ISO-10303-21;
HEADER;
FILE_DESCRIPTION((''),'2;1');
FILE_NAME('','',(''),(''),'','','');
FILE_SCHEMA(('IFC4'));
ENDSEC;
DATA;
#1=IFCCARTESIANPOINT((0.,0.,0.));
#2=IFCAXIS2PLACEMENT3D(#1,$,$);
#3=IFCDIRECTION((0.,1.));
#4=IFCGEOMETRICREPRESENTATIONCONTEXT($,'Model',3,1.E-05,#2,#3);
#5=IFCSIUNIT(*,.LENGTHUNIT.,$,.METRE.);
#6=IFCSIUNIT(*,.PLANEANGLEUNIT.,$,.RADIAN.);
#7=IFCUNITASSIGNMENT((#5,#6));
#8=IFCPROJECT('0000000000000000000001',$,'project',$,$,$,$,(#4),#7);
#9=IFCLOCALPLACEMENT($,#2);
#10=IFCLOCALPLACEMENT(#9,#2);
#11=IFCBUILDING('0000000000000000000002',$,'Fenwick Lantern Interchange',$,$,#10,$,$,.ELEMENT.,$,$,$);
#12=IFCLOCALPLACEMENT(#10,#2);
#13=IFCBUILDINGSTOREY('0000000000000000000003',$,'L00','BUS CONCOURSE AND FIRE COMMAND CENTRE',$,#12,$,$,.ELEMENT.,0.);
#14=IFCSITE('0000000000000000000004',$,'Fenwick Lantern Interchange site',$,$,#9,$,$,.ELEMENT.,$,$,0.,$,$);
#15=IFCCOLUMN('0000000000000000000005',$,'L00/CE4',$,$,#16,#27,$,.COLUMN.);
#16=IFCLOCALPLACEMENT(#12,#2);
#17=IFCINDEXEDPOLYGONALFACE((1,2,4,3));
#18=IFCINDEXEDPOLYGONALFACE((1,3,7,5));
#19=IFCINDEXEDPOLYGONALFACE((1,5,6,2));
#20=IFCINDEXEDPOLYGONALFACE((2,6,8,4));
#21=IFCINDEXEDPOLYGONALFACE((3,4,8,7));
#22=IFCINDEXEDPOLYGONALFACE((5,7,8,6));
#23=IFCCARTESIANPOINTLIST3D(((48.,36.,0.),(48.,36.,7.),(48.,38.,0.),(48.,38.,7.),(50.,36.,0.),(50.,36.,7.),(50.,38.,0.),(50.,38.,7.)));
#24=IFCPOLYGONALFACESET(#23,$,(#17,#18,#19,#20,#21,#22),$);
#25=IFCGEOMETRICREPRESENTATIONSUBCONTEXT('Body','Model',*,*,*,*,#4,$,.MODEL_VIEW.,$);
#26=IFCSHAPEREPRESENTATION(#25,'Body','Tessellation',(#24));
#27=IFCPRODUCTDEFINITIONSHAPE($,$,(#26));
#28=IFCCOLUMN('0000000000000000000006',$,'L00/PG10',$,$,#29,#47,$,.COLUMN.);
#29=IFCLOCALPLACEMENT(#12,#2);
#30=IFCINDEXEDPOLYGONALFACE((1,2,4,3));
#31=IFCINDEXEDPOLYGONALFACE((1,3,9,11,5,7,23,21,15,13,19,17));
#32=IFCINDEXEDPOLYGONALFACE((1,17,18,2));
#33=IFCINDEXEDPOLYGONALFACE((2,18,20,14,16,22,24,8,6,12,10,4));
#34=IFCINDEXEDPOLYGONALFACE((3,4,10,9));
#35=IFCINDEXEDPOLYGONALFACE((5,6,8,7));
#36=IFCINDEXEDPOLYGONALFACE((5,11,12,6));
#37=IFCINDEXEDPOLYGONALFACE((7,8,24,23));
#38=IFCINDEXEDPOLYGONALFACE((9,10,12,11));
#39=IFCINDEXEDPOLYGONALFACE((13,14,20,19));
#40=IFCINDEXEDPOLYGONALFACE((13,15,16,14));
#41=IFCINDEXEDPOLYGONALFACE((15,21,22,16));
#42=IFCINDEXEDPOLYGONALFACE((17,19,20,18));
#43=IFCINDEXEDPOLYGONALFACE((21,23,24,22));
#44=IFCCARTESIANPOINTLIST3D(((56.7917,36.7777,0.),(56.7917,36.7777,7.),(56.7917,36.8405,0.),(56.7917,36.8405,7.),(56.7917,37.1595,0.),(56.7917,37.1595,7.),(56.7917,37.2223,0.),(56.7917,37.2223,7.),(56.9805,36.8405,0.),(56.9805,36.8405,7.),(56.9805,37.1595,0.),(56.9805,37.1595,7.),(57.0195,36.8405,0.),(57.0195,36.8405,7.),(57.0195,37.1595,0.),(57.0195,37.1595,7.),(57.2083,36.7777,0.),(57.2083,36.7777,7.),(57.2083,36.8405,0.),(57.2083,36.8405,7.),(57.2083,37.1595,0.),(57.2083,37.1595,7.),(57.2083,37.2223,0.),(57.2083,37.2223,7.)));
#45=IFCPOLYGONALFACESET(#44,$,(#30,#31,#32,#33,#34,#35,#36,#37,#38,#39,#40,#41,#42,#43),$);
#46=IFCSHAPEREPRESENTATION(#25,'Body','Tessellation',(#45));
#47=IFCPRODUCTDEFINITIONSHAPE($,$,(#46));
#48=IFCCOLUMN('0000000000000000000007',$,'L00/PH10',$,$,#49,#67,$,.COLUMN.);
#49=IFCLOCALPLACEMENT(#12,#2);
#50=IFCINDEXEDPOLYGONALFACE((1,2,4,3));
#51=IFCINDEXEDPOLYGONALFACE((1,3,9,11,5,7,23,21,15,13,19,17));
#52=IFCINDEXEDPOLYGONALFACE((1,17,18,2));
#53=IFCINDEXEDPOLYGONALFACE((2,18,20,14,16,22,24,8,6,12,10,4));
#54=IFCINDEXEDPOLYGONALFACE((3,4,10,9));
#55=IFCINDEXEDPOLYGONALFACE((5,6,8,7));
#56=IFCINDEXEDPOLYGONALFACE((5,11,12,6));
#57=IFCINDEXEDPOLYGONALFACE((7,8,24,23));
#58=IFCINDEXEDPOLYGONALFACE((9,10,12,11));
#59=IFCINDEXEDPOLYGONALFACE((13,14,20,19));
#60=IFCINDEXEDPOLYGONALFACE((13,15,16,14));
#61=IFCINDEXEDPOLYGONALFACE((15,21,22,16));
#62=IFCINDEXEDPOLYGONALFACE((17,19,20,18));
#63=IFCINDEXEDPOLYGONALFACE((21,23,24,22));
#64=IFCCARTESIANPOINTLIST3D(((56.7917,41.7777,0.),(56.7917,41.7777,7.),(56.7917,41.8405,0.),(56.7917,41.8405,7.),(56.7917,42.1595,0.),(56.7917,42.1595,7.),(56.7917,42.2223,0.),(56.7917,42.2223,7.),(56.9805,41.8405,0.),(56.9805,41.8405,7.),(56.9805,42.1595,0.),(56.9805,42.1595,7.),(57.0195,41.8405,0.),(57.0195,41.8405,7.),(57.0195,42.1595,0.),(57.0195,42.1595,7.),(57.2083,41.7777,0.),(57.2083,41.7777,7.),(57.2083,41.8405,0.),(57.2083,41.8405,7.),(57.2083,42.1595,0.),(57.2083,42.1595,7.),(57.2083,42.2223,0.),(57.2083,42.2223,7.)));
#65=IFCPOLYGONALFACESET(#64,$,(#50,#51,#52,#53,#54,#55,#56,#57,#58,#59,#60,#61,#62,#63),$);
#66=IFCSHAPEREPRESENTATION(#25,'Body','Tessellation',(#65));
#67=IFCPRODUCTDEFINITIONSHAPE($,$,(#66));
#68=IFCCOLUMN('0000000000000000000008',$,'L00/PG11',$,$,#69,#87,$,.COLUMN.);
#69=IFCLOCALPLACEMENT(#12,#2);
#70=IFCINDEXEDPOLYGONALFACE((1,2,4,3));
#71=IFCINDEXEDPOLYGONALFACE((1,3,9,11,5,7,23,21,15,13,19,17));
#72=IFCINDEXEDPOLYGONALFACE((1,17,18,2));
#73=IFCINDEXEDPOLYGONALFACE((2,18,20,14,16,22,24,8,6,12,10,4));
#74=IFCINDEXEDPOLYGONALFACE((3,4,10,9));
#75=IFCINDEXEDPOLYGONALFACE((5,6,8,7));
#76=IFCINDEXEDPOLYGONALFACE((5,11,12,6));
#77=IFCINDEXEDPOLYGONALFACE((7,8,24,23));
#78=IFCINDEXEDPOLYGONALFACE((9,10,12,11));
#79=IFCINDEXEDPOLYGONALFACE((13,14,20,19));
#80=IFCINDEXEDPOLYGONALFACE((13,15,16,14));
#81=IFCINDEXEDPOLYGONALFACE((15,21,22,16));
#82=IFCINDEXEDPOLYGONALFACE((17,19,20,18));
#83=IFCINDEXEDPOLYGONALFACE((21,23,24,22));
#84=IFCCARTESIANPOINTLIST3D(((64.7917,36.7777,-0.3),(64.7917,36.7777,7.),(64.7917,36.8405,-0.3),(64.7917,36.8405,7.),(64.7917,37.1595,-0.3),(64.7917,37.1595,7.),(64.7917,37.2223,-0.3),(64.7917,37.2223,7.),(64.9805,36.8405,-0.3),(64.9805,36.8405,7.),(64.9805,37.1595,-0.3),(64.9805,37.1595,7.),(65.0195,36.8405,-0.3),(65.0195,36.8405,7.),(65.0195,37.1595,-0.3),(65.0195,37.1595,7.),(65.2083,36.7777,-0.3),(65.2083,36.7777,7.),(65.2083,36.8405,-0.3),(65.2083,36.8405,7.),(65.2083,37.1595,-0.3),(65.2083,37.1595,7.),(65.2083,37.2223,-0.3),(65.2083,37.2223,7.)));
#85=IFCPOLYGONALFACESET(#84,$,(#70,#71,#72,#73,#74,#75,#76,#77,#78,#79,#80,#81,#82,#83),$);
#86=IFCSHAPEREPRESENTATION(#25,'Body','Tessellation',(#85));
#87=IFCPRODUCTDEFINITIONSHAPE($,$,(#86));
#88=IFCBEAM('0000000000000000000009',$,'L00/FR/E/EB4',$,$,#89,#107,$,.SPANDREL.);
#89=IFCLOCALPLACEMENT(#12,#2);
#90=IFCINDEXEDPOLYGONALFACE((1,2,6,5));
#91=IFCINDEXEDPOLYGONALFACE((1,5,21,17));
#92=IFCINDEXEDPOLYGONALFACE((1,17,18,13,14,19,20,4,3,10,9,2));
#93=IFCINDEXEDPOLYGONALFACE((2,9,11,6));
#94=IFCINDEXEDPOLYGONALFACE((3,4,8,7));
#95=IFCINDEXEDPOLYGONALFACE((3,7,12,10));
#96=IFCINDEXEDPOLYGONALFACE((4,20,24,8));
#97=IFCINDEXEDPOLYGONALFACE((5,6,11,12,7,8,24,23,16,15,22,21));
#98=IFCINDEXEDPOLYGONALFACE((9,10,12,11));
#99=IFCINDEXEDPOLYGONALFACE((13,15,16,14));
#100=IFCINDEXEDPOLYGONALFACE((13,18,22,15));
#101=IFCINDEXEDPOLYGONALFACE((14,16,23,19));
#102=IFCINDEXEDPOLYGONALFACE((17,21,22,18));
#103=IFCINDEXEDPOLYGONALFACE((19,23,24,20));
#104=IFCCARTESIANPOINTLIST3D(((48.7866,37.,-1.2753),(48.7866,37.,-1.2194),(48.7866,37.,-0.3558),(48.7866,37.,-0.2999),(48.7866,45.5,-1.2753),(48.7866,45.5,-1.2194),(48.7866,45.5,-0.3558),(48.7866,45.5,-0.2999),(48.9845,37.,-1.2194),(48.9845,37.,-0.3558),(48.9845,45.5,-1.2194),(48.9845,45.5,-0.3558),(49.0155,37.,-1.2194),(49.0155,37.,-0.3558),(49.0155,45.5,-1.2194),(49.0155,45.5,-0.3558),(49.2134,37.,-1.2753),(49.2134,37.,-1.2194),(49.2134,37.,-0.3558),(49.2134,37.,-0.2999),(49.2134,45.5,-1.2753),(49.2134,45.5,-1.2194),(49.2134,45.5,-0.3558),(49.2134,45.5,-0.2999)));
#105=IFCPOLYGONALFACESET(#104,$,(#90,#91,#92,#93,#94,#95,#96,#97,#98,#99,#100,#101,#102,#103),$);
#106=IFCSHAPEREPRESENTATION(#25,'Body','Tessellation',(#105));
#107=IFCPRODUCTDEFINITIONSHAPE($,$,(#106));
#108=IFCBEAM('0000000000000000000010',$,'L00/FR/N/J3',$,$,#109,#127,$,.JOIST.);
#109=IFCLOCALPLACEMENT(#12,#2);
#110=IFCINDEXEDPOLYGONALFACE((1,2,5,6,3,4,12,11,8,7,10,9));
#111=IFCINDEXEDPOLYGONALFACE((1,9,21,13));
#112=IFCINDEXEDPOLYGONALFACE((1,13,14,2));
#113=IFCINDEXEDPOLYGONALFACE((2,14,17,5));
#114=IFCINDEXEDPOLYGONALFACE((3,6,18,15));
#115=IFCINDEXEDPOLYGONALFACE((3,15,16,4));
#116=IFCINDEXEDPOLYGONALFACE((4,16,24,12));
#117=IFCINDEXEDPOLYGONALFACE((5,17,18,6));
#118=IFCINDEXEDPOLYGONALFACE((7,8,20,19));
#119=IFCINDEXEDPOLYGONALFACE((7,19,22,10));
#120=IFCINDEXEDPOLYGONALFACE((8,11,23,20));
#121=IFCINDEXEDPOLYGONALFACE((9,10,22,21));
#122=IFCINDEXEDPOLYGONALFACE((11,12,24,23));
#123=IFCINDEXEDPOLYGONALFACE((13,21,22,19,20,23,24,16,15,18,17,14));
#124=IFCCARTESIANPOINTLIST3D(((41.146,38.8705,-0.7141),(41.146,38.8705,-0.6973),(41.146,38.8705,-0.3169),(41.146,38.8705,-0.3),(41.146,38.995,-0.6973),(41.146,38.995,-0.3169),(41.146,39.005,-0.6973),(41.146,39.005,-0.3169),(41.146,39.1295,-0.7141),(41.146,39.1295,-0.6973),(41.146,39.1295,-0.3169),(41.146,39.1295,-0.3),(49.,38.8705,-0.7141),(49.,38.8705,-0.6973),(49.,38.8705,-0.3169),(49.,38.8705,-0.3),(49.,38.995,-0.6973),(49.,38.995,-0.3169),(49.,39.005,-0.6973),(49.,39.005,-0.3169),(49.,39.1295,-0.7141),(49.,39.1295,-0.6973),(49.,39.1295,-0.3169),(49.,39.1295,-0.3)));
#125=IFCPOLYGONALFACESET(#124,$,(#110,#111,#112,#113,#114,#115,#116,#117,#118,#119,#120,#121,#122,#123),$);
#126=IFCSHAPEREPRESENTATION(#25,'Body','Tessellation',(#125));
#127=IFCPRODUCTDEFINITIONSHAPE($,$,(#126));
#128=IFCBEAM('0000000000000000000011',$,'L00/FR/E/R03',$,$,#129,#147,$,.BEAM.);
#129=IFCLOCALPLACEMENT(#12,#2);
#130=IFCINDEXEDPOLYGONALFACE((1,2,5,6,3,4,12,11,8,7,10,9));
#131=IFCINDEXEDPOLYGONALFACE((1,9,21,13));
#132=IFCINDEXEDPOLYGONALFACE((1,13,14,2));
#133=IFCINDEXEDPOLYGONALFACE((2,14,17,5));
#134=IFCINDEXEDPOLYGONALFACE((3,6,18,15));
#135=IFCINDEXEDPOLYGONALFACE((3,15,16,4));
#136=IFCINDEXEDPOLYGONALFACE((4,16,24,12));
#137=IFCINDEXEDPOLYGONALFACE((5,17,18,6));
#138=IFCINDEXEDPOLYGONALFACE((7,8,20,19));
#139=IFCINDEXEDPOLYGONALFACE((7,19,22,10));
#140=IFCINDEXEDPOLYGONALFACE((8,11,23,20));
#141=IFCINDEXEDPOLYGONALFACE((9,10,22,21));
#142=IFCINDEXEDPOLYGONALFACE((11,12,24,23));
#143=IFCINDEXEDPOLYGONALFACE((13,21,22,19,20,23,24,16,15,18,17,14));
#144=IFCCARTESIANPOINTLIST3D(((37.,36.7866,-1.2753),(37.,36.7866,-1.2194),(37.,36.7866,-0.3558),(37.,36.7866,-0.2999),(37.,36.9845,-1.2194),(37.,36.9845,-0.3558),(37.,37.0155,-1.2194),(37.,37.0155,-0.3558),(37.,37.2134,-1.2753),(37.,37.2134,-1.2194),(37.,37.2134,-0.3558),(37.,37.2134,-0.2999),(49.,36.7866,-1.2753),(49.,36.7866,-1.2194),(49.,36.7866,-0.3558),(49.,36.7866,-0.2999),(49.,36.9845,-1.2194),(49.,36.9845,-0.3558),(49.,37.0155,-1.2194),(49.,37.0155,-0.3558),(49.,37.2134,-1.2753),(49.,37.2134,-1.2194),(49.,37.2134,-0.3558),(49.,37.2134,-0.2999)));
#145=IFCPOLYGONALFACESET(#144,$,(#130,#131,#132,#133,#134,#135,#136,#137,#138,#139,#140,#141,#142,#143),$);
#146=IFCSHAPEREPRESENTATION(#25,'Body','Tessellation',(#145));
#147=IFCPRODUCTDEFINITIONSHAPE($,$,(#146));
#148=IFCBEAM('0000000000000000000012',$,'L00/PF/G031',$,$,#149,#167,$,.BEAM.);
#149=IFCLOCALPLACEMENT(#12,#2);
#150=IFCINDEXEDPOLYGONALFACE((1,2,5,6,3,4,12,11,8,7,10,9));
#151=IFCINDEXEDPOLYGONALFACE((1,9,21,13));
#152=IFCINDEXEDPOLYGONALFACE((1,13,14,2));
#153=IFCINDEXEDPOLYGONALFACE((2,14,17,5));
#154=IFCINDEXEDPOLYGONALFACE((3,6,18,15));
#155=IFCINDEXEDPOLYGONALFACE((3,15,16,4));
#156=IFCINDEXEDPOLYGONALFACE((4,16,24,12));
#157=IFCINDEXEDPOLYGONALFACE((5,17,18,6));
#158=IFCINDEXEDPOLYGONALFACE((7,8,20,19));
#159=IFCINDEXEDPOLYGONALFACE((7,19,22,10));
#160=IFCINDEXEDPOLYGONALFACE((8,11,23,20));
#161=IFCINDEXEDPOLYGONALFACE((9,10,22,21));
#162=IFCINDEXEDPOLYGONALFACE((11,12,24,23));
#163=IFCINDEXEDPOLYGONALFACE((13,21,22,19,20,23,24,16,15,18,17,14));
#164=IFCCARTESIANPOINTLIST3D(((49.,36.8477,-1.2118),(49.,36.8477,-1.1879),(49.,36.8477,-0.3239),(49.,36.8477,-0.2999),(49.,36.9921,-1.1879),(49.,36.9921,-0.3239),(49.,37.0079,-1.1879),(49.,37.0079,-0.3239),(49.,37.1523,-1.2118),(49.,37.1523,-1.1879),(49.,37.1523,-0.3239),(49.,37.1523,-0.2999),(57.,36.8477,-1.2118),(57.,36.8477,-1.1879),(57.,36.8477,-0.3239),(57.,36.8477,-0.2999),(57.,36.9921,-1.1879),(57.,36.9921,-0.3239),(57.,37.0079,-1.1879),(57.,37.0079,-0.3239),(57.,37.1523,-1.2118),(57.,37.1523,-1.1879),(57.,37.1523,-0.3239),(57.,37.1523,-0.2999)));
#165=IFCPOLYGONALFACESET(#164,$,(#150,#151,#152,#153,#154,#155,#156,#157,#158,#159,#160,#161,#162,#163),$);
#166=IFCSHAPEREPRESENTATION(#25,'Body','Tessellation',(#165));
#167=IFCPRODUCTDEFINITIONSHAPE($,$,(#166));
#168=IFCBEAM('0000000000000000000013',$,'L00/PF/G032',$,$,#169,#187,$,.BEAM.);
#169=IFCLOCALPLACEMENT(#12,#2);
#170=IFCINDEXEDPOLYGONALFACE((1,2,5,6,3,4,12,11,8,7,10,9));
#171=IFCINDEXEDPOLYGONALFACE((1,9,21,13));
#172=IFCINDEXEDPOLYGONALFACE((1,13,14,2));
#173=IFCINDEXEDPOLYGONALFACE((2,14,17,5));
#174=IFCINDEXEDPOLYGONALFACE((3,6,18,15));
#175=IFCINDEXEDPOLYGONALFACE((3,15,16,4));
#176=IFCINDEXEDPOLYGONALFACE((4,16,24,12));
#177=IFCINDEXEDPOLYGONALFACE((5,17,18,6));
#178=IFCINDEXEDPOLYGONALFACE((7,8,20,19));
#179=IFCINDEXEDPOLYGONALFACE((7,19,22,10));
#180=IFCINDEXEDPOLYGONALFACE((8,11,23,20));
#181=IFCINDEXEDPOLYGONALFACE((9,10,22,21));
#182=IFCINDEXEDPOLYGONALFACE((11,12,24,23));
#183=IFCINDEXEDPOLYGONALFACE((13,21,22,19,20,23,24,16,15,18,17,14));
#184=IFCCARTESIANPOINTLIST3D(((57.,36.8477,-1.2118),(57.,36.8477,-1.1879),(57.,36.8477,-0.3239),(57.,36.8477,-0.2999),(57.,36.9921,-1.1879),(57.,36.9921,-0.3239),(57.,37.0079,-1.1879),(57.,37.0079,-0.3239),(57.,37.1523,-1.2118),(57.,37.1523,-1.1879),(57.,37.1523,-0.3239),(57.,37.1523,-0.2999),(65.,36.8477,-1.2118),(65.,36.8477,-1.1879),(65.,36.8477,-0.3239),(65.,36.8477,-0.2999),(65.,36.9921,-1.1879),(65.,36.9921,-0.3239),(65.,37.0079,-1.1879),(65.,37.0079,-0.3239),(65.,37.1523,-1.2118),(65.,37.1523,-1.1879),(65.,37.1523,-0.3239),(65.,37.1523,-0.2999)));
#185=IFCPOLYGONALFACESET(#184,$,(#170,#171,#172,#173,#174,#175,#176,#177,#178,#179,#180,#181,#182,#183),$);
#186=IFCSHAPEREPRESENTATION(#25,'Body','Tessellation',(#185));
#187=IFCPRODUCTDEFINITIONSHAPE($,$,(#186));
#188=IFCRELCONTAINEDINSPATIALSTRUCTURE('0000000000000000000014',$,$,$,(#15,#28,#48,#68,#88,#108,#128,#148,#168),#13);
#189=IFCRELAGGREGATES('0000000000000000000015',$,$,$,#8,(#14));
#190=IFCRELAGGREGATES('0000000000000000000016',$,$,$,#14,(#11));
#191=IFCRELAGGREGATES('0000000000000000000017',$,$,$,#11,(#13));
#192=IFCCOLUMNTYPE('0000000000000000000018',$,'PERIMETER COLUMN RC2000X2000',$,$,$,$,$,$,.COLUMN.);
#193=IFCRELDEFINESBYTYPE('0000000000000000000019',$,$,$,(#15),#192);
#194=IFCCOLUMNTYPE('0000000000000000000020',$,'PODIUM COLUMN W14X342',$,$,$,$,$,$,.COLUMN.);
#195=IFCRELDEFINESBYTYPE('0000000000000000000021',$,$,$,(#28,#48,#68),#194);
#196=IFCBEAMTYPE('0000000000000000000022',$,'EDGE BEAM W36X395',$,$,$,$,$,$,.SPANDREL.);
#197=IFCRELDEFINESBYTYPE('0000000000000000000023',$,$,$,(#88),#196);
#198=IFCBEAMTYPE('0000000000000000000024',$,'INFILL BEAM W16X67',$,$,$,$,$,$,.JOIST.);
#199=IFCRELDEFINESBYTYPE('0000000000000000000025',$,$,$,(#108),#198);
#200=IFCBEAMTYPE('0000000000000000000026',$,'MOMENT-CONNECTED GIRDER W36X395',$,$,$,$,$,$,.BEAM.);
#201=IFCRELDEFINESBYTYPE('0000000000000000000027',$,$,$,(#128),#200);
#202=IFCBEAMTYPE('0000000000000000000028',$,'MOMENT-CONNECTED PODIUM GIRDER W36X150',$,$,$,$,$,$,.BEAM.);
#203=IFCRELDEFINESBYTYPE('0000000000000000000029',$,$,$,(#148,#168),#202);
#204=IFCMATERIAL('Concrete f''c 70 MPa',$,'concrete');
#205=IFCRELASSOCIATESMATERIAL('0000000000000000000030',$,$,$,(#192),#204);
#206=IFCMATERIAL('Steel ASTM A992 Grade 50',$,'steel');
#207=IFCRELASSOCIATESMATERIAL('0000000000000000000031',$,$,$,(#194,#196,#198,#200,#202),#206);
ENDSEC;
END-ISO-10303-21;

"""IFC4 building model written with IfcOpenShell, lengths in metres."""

from ifc_helpers import new_model, si_unit, direction, frame, origin, origin_2d, place, context, subcontext, project, spatial, rectangle, i_section, extrude, material, material_profile, profile_set, type_object, element, save


model = new_model("IFC4")

# Units and contexts
model_context = context("Model", 3, precision=1e-05, world=origin(), true_north=direction((0.0, 1.0)))
body_context = subcontext(model_context, "Body", "Model", "MODEL_VIEW")
ifc_project = project(units=[si_unit("LENGTHUNIT", "METRE"), si_unit("PLANEANGLEUNIT", "RADIAN")], contexts=[model_context])

# Site, building, storey
site_placement = place(None, origin())
site = spatial("IfcSite", under=ifc_project, at=site_placement, Name="Fenwick Lantern Interchange site", CompositionType="ELEMENT", RefElevation=0.0)
building_placement = place(site_placement, origin())
building = spatial("IfcBuilding", under=site, at=building_placement, Name="Fenwick Lantern Interchange", CompositionType="ELEMENT")
storey_placement = place(building_placement, origin())
storey = spatial("IfcBuildingStorey", under=building, at=storey_placement, Name="L00", Description="BUS CONCOURSE AND FIRE COMMAND CENTRE", CompositionType="ELEMENT", Elevation=0.0)

# Columns
ifc_material_1 = material(Name="Concrete f'c 70 MPa", Category="concrete")
ifc_material_profile_1 = material_profile(ifc_material_1, rectangle(XDim=2.0, YDim=2.0, at=origin_2d()), Name="RC2000X2000")
ifc_profile_set_1 = profile_set([ifc_material_profile_1], Name="Concrete f'c 70 MPa")
column_type_1 = type_object("IfcColumnType", Name="PERIMETER COLUMN RC2000X2000", PredefinedType="COLUMN", material=ifc_profile_set_1)
column_1_placement = place(storey_placement, frame((49.0, 37.0, 0.0), z_axis=(0.0, 0.0, 1.0), x_axis=(1.0, 0.0, 0.0)))
element("IfcColumn", 1, at=column_1_placement, inside=storey, type_object=column_type_1, Name="L00/CE4", PredefinedType="COLUMN", context=body_context, shape_type="SweptSolid", body=[
    extrude(rectangle(XDim=2.0, YDim=2.0, at=origin_2d()), origin(), (0.0, 0.0, 1.0), 7.0),
])
ifc_material_2 = material(Name="Steel ASTM A992 Grade 50", Category="steel")
ifc_material_profile_2 = material_profile(ifc_material_2, i_section(OverallWidth=0.4165, OverallDepth=0.4446, WebThickness=0.0391, FlangeThickness=0.0627, at=origin_2d()), Name="W14X342")
ifc_profile_set_2 = profile_set([ifc_material_profile_2], Name="Steel ASTM A992 Grade 50")
column_type_2 = type_object("IfcColumnType", Name="PODIUM COLUMN W14X342", PredefinedType="COLUMN", material=ifc_profile_set_2)
for number, where, z_axis, x_axis, name in (
    (2, (57.0, 37.0, 0.0), (0.0, 0.0, 1.0), (1.0, 0.0, 0.0), "L00/PG10"),
    (3, (57.0, 42.0, 0.0), (0.0, 0.0, 1.0), (1.0, 0.0, 0.0), "L00/PH10"),
):
    element("IfcColumn", number, at=place(storey_placement, frame(where, z_axis=z_axis, x_axis=x_axis)), inside=storey, type_object=column_type_2, Name=name, PredefinedType="COLUMN", context=body_context, shape_type="SweptSolid", body=[
        extrude(i_section(OverallWidth=0.4165, OverallDepth=0.4446, WebThickness=0.0391, FlangeThickness=0.0627, at=origin_2d()), origin(), (0.0, 0.0, 1.0), 7.0),
    ])
column_2_placement = place(storey_placement, frame((65.0, 37.0, -0.3), z_axis=(0.0, 0.0, 1.0), x_axis=(1.0, 0.0, 0.0)))
element("IfcColumn", 4, at=column_2_placement, inside=storey, type_object=column_type_2, Name="L00/PG11", PredefinedType="COLUMN", context=body_context, shape_type="SweptSolid", body=[
    extrude(i_section(OverallWidth=0.4165, OverallDepth=0.4446, WebThickness=0.0391, FlangeThickness=0.0627, at=origin_2d()), origin(), (0.0, 0.0, 1.0), 7.3),
])

# Beams
ifc_material_profile_3 = material_profile(ifc_material_2, i_section(OverallWidth=0.4268, OverallDepth=0.9753, WebThickness=0.031, FlangeThickness=0.0559, at=origin_2d()), Name="W36X395")
ifc_profile_set_3 = profile_set([ifc_material_profile_3], Name="Steel ASTM A992 Grade 50")
beam_type_1 = type_object("IfcBeamType", Name="EDGE BEAM W36X395", PredefinedType="SPANDREL", material=ifc_profile_set_3)
beam_1_placement = place(storey_placement, frame((49.0, 37.0, -0.7876), z_axis=(0.0, 1.0, 0.0), x_axis=(-1.0, 0.0, 0.0)))
element("IfcBeam", 5, at=beam_1_placement, inside=storey, type_object=beam_type_1, Name="L00/FR/E/EB4", PredefinedType="SPANDREL", context=body_context, shape_type="SweptSolid", body=[
    extrude(i_section(OverallWidth=0.4268, OverallDepth=0.9753, WebThickness=0.031, FlangeThickness=0.0559, at=origin_2d()), origin(), (0.0, 0.0, 1.0), 8.5),
])
ifc_material_profile_4 = material_profile(ifc_material_2, i_section(OverallWidth=0.259, OverallDepth=0.4141, WebThickness=0.01, FlangeThickness=0.0168, at=origin_2d()), Name="W16X67")
ifc_profile_set_4 = profile_set([ifc_material_profile_4], Name="Steel ASTM A992 Grade 50")
beam_type_2 = type_object("IfcBeamType", Name="INFILL BEAM W16X67", PredefinedType="JOIST", material=ifc_profile_set_4)
beam_2_placement = place(storey_placement, frame((49.0, 39.0, -0.5071), z_axis=(-1.0, 0.0, 0.0), x_axis=(0.0, -1.0, 0.0)))
element("IfcBeam", 6, at=beam_2_placement, inside=storey, type_object=beam_type_2, Name="L00/FR/N/J3", PredefinedType="JOIST", context=body_context, shape_type="SweptSolid", body=[
    extrude(i_section(OverallWidth=0.259, OverallDepth=0.4141, WebThickness=0.01, FlangeThickness=0.0168, at=origin_2d()), origin(), (0.0, 0.0, 1.0), 7.854),
])
ifc_material_profile_5 = material_profile(ifc_material_2, i_section(OverallWidth=0.4268, OverallDepth=0.9753, WebThickness=0.031, FlangeThickness=0.0559, at=origin_2d()), Name="W36X395")
ifc_profile_set_5 = profile_set([ifc_material_profile_5], Name="Steel ASTM A992 Grade 50")
beam_type_3 = type_object("IfcBeamType", Name="MOMENT-CONNECTED GIRDER W36X395", PredefinedType="BEAM", material=ifc_profile_set_5)
beam_3_placement = place(storey_placement, frame((49.0, 37.0, -0.7876), z_axis=(-1.0, 0.0, 0.0), x_axis=(0.0, -1.0, 0.0)))
element("IfcBeam", 7, at=beam_3_placement, inside=storey, type_object=beam_type_3, Name="L00/FR/E/R03", PredefinedType="BEAM", context=body_context, shape_type="SweptSolid", body=[
    extrude(i_section(OverallWidth=0.4268, OverallDepth=0.9753, WebThickness=0.031, FlangeThickness=0.0559, at=origin_2d()), origin(), (0.0, 0.0, 1.0), 12.0),
])
ifc_material_profile_6 = material_profile(ifc_material_2, i_section(OverallWidth=0.3047, OverallDepth=0.9119, WebThickness=0.0159, FlangeThickness=0.0239, at=origin_2d()), Name="W36X150")
ifc_profile_set_6 = profile_set([ifc_material_profile_6], Name="Steel ASTM A992 Grade 50")
beam_type_4 = type_object("IfcBeamType", Name="MOMENT-CONNECTED PODIUM GIRDER W36X150", PredefinedType="BEAM", material=ifc_profile_set_6)
for number, where, z_axis, x_axis, name in (
    (8, (49.0, 37.0, -0.7559), (1.0, 0.0, 0.0), (0.0, 1.0, 0.0), "L00/PF/G031"),
    (9, (57.0, 37.0, -0.7559), (1.0, 0.0, 0.0), (0.0, 1.0, 0.0), "L00/PF/G032"),
):
    element("IfcBeam", number, at=place(storey_placement, frame(where, z_axis=z_axis, x_axis=x_axis)), inside=storey, type_object=beam_type_4, Name=name, PredefinedType="BEAM", context=body_context, shape_type="SweptSolid", body=[
        extrude(i_section(OverallWidth=0.3047, OverallDepth=0.9119, WebThickness=0.0159, FlangeThickness=0.0239, at=origin_2d()), origin(), (0.0, 0.0, 1.0), 8.0),
    ])

save(model, "model.ifc")
